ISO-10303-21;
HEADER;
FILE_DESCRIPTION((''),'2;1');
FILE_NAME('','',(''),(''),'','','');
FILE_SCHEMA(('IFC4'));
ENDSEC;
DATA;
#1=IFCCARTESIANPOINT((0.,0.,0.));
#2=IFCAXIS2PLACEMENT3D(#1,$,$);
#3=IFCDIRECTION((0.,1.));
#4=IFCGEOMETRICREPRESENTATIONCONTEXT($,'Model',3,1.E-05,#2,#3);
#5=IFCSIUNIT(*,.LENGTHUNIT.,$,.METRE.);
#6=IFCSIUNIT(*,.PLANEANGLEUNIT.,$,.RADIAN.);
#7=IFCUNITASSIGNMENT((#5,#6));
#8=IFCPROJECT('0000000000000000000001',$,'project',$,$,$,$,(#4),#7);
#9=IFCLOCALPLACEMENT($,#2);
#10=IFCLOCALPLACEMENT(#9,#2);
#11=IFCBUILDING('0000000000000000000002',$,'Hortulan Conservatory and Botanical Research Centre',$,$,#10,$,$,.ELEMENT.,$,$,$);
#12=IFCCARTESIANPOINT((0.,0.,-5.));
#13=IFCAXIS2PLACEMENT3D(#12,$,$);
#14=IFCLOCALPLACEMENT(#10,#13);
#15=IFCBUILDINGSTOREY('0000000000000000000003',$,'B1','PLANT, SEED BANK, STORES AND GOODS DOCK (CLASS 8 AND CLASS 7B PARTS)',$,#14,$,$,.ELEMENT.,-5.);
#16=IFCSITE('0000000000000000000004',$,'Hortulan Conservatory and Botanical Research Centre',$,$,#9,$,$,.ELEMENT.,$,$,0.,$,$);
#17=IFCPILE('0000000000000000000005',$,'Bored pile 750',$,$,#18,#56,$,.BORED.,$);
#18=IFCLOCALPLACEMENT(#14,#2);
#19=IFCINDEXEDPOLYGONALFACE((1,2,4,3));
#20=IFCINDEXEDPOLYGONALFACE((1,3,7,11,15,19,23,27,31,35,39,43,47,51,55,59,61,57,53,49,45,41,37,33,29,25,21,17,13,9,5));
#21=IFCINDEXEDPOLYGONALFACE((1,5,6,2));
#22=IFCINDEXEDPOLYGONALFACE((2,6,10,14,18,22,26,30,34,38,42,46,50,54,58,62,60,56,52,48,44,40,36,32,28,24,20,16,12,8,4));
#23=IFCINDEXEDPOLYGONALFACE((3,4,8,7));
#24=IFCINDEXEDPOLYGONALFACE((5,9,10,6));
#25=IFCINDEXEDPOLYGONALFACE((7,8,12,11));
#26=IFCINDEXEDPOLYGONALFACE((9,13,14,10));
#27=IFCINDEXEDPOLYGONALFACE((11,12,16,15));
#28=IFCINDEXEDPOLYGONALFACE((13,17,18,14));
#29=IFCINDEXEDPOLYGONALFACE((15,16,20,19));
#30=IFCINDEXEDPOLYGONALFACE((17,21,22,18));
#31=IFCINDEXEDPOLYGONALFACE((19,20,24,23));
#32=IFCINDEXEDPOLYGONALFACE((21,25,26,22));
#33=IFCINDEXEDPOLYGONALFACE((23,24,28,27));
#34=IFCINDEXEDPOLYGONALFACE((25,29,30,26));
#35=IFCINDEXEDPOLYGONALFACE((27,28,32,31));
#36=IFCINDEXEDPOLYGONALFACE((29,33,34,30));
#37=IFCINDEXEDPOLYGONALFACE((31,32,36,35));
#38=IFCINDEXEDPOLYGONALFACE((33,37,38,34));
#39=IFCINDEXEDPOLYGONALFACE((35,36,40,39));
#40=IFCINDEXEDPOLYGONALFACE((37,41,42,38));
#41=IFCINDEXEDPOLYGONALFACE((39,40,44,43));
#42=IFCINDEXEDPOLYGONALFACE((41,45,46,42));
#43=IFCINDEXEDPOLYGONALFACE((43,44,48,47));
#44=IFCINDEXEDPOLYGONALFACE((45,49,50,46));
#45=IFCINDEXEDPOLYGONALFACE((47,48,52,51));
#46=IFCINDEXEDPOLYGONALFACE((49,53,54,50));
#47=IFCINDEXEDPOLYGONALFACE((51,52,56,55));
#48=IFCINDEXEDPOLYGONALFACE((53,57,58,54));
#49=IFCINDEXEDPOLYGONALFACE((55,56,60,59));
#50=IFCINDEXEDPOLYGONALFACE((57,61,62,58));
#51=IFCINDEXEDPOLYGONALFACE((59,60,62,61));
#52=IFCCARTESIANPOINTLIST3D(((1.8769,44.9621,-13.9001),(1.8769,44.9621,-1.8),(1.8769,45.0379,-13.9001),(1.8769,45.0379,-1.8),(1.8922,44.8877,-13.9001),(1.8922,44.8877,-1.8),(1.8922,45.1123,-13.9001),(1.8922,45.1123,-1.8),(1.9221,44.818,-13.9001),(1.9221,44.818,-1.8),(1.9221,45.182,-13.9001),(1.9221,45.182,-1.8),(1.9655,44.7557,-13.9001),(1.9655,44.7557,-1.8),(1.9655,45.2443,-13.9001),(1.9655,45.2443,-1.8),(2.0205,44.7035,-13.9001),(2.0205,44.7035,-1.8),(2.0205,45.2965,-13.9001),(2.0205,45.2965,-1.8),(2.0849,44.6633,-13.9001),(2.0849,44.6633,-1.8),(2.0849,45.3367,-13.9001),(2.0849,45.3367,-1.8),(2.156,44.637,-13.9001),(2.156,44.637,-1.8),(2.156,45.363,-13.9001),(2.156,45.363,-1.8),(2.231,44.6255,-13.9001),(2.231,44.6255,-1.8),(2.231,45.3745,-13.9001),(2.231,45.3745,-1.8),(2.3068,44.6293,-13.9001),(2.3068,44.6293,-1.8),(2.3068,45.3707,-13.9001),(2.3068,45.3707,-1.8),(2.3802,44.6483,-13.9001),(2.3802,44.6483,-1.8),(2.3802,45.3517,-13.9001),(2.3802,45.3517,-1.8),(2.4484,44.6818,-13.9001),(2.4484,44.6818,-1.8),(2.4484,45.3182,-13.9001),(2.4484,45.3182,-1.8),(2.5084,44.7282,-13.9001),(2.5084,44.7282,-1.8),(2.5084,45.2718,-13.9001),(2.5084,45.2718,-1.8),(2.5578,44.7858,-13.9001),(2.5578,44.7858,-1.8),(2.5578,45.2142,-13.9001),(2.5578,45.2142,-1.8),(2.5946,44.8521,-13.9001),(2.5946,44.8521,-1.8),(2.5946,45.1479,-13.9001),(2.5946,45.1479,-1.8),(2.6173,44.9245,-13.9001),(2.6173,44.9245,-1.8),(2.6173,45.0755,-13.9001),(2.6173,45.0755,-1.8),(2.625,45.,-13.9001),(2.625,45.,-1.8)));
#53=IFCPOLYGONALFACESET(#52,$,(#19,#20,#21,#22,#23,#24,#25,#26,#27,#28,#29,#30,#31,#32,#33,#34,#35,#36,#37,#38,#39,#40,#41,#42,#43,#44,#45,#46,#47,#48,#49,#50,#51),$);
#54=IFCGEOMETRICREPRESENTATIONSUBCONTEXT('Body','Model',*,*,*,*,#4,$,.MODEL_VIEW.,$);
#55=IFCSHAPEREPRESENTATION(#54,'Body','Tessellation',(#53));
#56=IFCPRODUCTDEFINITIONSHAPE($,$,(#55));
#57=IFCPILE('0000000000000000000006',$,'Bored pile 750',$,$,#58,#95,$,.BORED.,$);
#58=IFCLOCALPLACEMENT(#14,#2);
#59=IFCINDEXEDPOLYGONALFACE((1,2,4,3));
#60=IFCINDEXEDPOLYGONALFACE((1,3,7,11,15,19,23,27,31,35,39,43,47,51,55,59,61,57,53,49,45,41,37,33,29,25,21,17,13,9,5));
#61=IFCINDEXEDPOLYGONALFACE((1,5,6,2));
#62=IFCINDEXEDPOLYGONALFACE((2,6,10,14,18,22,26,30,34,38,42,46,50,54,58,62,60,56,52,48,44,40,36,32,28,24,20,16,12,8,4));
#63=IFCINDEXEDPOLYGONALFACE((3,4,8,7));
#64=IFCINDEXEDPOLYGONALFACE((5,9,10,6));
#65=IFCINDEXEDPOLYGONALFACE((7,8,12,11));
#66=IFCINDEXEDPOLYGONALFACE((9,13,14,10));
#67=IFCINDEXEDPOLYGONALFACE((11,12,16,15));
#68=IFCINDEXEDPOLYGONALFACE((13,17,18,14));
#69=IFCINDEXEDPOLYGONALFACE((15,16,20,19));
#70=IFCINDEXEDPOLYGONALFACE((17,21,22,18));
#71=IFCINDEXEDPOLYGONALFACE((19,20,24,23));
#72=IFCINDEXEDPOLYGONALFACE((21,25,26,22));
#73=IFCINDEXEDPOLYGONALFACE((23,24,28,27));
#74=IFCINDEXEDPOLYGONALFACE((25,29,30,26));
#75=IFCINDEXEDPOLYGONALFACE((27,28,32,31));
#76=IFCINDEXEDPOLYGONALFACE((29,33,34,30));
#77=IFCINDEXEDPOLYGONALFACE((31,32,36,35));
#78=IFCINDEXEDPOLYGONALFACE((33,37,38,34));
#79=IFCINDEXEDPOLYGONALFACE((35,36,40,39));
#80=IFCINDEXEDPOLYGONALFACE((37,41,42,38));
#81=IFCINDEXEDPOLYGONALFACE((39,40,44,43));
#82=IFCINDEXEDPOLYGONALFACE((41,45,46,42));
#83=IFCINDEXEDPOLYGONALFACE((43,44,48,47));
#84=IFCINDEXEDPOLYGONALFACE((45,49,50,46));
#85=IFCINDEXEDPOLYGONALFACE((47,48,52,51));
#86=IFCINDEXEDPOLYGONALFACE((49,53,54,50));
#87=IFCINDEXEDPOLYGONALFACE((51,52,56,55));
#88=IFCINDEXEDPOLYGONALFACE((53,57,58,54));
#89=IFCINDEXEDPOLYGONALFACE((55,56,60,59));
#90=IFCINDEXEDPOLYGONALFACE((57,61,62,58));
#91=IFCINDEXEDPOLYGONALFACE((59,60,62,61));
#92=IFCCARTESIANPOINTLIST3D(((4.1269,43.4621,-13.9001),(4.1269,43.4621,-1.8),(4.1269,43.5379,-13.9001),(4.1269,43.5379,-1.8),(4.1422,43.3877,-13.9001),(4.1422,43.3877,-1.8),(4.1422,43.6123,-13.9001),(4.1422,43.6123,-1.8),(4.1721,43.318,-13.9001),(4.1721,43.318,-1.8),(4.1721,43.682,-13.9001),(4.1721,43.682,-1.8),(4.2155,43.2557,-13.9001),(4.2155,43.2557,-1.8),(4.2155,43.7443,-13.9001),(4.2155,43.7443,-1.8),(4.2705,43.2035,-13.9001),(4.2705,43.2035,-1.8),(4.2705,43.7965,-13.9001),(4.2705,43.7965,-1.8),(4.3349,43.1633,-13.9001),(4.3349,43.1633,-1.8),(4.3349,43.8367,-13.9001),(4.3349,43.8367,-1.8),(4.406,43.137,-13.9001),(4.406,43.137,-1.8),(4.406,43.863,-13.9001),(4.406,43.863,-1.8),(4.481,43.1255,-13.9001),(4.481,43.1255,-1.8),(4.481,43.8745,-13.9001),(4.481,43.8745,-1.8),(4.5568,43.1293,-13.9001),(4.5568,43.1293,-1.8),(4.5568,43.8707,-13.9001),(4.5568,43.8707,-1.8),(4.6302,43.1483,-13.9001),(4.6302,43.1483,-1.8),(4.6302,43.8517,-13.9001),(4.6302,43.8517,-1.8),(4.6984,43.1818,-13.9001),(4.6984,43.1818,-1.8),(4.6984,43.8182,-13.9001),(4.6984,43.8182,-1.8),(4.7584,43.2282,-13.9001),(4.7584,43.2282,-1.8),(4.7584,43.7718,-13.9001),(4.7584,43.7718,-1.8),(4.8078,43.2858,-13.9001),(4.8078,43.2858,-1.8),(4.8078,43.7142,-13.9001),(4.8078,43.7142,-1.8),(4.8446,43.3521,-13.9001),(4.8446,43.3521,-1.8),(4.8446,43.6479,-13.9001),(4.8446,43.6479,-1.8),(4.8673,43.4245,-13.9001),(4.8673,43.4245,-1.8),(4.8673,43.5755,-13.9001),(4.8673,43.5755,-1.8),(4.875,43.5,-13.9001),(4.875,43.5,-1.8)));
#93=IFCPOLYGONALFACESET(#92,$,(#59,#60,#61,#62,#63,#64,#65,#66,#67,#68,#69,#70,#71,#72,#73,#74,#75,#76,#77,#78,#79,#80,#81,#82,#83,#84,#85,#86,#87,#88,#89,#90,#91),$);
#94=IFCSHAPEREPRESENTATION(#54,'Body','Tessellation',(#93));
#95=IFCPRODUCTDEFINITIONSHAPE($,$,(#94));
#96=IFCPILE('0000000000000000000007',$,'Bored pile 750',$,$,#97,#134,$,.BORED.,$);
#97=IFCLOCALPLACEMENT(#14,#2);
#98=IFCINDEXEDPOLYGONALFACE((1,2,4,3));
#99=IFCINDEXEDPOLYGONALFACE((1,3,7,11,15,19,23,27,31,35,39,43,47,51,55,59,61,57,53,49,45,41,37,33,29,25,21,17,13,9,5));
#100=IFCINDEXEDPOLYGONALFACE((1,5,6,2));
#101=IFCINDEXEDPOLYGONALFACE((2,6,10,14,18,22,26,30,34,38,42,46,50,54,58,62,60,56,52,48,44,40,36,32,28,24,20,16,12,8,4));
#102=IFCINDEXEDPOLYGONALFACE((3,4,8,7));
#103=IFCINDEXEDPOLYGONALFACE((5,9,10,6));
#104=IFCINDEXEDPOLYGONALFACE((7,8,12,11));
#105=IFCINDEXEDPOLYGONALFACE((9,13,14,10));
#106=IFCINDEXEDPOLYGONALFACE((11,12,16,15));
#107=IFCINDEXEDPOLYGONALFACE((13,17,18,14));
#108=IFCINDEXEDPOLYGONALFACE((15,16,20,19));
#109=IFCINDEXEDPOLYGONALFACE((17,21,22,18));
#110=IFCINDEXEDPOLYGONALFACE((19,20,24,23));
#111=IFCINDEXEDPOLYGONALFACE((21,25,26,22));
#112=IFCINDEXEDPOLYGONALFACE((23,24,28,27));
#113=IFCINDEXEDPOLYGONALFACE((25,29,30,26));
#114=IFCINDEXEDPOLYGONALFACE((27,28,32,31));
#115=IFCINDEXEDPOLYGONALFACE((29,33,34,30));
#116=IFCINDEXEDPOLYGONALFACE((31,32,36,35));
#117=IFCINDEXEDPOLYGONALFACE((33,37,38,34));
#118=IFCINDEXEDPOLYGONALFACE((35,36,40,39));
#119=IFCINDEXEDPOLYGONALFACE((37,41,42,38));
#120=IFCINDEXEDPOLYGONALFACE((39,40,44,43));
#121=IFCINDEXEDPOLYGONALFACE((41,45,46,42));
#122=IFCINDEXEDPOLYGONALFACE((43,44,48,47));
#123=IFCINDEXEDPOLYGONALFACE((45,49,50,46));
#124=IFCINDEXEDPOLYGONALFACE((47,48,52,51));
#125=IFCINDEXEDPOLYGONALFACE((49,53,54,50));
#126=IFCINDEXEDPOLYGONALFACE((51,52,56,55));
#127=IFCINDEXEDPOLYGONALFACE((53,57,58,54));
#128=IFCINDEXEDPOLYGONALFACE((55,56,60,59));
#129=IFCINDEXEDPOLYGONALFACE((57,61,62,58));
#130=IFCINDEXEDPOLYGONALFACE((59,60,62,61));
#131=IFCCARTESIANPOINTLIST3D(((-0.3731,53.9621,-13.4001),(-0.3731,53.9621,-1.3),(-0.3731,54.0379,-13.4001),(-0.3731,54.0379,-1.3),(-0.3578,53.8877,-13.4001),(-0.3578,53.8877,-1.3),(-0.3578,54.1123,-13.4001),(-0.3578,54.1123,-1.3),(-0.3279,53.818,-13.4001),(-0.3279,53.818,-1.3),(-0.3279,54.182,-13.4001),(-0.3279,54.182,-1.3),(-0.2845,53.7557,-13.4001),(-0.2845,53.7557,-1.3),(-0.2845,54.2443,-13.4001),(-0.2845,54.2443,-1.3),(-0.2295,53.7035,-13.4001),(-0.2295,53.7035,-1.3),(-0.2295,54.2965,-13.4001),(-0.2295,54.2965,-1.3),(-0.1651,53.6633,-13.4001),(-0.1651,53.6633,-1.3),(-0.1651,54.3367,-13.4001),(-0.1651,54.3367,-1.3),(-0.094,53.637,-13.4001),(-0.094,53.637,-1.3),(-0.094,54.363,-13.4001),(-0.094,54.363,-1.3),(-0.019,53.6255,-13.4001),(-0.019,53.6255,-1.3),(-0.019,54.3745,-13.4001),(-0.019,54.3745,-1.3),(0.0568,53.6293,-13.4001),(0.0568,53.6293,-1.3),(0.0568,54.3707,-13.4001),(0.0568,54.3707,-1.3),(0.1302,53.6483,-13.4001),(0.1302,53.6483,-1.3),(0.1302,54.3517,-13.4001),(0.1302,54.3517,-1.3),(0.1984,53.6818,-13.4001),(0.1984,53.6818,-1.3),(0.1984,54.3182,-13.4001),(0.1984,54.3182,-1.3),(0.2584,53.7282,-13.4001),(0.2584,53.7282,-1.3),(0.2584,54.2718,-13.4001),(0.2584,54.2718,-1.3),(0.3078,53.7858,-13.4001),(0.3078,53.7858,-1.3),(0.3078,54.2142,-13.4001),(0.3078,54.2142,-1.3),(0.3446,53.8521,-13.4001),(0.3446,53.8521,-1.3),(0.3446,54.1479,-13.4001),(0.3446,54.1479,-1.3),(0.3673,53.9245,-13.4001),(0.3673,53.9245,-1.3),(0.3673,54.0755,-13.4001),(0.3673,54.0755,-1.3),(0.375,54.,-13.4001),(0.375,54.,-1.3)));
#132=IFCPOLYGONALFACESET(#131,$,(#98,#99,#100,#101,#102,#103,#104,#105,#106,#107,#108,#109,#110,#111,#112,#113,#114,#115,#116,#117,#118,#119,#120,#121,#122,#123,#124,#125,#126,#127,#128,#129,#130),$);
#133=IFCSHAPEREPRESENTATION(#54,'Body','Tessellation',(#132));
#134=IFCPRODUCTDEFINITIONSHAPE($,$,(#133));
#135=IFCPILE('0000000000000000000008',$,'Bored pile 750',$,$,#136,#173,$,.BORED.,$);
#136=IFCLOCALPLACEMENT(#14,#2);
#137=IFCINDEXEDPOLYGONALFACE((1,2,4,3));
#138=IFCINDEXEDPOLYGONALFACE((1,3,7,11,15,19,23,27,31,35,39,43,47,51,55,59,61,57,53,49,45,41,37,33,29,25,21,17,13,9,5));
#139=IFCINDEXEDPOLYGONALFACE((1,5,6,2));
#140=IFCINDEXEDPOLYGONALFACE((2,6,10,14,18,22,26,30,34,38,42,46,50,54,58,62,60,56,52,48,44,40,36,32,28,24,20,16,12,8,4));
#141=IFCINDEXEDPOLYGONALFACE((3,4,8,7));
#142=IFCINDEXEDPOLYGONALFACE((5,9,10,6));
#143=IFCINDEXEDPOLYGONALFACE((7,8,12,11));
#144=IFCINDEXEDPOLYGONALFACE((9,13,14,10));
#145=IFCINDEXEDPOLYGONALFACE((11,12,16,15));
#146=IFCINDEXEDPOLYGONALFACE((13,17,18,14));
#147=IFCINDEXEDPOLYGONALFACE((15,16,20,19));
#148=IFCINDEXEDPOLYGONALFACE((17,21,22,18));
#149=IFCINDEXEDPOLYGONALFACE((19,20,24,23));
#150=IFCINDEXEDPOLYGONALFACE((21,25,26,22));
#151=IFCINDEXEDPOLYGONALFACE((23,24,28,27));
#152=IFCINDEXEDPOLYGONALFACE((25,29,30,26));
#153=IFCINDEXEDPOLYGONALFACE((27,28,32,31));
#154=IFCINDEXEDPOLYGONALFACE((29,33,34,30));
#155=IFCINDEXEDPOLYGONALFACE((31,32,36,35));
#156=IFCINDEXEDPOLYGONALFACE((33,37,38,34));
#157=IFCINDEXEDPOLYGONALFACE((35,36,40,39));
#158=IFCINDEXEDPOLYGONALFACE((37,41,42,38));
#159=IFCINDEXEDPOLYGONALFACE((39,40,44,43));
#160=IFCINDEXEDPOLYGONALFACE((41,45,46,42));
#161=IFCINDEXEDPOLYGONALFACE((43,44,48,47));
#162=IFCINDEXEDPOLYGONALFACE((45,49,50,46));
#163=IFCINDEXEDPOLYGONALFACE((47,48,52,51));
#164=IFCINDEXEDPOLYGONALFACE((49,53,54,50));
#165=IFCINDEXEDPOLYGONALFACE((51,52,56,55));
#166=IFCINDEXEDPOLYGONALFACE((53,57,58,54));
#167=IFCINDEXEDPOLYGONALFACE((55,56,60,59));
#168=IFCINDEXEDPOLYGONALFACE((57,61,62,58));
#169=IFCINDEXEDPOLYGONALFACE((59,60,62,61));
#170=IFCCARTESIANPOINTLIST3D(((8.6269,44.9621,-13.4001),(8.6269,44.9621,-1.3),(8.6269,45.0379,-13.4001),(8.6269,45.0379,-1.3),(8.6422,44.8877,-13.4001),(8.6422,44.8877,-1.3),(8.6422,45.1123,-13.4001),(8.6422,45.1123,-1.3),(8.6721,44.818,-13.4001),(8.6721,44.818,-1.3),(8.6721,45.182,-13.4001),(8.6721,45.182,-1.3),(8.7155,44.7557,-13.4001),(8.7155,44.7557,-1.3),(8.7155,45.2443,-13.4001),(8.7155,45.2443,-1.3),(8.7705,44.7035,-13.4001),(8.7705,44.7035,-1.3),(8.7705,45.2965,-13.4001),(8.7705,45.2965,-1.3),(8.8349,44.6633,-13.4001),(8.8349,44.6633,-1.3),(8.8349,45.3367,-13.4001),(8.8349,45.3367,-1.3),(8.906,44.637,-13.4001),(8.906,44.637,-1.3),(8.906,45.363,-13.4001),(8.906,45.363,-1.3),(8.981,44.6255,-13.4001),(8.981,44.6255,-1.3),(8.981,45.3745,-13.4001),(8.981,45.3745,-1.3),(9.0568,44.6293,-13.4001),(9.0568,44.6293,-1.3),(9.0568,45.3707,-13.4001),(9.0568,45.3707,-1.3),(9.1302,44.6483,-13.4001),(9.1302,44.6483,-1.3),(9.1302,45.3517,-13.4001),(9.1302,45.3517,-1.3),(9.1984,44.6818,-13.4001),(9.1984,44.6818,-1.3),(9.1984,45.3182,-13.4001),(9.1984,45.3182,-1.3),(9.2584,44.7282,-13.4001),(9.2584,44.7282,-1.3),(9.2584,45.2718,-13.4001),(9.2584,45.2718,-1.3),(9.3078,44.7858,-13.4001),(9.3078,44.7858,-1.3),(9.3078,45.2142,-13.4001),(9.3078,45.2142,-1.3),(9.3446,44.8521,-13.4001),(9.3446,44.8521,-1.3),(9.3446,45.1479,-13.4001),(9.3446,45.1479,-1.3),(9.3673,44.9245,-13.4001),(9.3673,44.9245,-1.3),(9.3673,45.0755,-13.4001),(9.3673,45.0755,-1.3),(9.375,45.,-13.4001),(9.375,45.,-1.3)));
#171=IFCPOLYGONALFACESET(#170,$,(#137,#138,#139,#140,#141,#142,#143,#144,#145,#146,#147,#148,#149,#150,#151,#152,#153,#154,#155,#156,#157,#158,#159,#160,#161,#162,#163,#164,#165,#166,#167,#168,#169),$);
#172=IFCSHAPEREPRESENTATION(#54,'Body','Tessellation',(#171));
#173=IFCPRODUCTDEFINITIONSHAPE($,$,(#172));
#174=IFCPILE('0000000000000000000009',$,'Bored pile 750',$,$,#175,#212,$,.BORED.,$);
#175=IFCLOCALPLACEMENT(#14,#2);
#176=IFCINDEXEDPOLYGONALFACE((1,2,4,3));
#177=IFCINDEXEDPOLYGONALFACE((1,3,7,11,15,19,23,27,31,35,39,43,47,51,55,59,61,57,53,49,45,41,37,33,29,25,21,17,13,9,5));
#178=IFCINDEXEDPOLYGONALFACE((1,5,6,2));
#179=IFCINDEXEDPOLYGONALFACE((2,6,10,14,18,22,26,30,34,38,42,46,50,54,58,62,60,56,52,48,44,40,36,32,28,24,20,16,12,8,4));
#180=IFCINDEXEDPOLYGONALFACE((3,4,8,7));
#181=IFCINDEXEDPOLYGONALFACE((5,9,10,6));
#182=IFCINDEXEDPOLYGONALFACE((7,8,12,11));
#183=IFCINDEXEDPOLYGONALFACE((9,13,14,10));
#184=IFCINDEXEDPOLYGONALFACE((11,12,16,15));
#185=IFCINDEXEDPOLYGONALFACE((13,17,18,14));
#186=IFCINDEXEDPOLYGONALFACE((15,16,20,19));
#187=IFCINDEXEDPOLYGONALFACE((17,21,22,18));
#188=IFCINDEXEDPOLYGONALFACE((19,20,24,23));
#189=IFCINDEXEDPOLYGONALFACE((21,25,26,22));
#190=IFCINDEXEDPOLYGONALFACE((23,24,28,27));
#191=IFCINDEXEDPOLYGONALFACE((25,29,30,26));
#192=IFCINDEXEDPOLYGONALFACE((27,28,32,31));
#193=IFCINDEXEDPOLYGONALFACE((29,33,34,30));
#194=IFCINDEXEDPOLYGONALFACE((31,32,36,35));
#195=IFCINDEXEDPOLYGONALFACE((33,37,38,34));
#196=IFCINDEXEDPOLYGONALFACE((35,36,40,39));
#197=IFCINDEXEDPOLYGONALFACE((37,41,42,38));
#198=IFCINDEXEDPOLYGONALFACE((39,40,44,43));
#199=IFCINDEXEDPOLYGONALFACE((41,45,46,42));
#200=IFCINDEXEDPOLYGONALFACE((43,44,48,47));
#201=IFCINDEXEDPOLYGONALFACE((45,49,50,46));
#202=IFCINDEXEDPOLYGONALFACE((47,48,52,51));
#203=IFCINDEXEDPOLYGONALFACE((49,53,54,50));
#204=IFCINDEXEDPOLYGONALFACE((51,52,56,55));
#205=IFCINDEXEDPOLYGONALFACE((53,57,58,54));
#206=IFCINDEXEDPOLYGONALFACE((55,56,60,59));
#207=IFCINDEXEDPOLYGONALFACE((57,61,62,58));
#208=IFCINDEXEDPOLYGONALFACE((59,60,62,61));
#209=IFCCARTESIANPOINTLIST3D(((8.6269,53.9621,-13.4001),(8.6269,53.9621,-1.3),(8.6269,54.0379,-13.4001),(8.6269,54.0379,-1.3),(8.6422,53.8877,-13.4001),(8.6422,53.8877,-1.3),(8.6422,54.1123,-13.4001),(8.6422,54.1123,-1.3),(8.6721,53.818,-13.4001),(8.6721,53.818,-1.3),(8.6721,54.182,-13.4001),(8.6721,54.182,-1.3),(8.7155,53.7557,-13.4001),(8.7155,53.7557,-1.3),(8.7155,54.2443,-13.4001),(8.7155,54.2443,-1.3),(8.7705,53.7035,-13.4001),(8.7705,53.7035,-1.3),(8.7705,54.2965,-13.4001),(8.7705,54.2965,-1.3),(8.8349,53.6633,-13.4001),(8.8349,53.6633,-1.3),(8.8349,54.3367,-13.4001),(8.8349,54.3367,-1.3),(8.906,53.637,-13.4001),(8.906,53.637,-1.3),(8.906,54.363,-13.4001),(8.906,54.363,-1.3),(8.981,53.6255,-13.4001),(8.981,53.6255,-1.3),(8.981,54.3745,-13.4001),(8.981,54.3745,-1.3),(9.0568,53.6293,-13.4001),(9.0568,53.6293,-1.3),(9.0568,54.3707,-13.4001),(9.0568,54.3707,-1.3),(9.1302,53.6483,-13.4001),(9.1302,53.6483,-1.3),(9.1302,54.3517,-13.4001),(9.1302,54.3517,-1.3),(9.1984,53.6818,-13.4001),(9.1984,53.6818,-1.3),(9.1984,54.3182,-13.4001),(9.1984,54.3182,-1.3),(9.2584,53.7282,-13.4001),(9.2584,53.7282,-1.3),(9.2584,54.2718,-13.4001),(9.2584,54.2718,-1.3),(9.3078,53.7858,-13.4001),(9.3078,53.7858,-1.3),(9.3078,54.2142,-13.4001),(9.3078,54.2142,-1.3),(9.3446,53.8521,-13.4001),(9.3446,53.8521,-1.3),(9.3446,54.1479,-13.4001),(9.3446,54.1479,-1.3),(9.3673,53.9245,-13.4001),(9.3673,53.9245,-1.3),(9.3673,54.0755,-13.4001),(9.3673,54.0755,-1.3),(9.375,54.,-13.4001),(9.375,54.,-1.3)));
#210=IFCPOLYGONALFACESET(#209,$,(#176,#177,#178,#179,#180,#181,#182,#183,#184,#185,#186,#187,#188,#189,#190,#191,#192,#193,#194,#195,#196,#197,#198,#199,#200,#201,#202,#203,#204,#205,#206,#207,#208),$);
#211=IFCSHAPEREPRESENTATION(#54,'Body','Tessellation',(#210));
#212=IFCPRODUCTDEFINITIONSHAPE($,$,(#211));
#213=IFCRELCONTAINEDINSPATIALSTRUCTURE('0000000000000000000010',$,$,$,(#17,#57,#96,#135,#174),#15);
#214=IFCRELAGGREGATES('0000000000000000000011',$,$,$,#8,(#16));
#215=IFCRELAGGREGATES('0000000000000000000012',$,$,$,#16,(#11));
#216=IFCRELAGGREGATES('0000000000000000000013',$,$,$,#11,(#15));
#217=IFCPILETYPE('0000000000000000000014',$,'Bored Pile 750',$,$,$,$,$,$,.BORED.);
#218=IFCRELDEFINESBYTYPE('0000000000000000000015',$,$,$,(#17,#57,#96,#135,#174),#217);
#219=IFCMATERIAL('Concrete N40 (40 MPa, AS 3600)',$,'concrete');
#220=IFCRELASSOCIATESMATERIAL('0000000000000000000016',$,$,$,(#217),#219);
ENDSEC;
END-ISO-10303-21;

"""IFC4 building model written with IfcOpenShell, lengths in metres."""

from ifc_helpers import new_model, si_unit, direction, frame, origin, origin_2d, place, context, subcontext, project, spatial, circle, extrude, material, material_profile, profile_set, type_object, element, save


model = new_model("IFC4")

# Units and contexts
model_context = context("Model", 3, precision=1e-05, world=origin(), true_north=direction((0.0, 1.0)))
body_context = subcontext(model_context, "Body", "Model", "MODEL_VIEW")
ifc_project = project(units=[si_unit("LENGTHUNIT", "METRE"), si_unit("PLANEANGLEUNIT", "RADIAN")], contexts=[model_context])

# Site, building, storey
site_placement = place(None, origin())
site = spatial("IfcSite", under=ifc_project, at=site_placement, Name="Hortulan Conservatory and Botanical Research Centre", CompositionType="ELEMENT", RefElevation=0.0)
building_placement = place(site_placement, origin())
building = spatial("IfcBuilding", under=site, at=building_placement, Name="Hortulan Conservatory and Botanical Research Centre", CompositionType="ELEMENT")
storey_placement = place(building_placement, frame((0.0, 0.0, -5.0)))
storey = spatial("IfcBuildingStorey", under=building, at=storey_placement, Name="B1", Description="PLANT, SEED BANK, STORES AND GOODS DOCK (CLASS 8 AND CLASS 7B PARTS)", CompositionType="ELEMENT", Elevation=-5.0)

# Piles
ifc_material_1 = material(Name="Concrete N40 (40 MPa, AS 3600)", Category="concrete")
ifc_material_profile_1 = material_profile(ifc_material_1, circle(Radius=0.375, at=origin_2d()), Name="Bored pile 750 diameter")
ifc_profile_set_1 = profile_set([ifc_material_profile_1], Name="Concrete N40 (40 MPa, AS 3600)")
pile_type = type_object("IfcPileType", Name="Bored Pile 750", PredefinedType="BORED", material=ifc_profile_set_1)
for number, where, z_axis, x_axis, name in (
    (1, (2.25, 45.0, -1.8), (0.0, 0.0, -1.0), (1.0, 0.0, 0.0), "Bored pile 750"),
    (2, (4.5, 43.5, -1.8), (0.0, 0.0, -1.0), (1.0, 0.0, 0.0), "Bored pile 750"),
    (3, (0.0, 54.0, -1.3), (0.0, 0.0, -1.0), (1.0, 0.0, 0.0), "Bored pile 750"),
    (4, (9.0, 45.0, -1.3), (0.0, 0.0, -1.0), (1.0, 0.0, 0.0), "Bored pile 750"),
    (5, (9.0, 54.0, -1.3), (0.0, 0.0, -1.0), (1.0, 0.0, 0.0), "Bored pile 750"),
):
    element("IfcPile", number, at=place(storey_placement, frame(where, z_axis=z_axis, x_axis=x_axis)), inside=storey, type_object=pile_type, Name=name, PredefinedType="BORED", context=body_context, shape_type="SweptSolid", body=[
        extrude(circle(Radius=0.375, at=origin_2d()), origin(), (0.0, 0.0, 1.0), 12.1001),
    ])

save(model, "model.ifc")
